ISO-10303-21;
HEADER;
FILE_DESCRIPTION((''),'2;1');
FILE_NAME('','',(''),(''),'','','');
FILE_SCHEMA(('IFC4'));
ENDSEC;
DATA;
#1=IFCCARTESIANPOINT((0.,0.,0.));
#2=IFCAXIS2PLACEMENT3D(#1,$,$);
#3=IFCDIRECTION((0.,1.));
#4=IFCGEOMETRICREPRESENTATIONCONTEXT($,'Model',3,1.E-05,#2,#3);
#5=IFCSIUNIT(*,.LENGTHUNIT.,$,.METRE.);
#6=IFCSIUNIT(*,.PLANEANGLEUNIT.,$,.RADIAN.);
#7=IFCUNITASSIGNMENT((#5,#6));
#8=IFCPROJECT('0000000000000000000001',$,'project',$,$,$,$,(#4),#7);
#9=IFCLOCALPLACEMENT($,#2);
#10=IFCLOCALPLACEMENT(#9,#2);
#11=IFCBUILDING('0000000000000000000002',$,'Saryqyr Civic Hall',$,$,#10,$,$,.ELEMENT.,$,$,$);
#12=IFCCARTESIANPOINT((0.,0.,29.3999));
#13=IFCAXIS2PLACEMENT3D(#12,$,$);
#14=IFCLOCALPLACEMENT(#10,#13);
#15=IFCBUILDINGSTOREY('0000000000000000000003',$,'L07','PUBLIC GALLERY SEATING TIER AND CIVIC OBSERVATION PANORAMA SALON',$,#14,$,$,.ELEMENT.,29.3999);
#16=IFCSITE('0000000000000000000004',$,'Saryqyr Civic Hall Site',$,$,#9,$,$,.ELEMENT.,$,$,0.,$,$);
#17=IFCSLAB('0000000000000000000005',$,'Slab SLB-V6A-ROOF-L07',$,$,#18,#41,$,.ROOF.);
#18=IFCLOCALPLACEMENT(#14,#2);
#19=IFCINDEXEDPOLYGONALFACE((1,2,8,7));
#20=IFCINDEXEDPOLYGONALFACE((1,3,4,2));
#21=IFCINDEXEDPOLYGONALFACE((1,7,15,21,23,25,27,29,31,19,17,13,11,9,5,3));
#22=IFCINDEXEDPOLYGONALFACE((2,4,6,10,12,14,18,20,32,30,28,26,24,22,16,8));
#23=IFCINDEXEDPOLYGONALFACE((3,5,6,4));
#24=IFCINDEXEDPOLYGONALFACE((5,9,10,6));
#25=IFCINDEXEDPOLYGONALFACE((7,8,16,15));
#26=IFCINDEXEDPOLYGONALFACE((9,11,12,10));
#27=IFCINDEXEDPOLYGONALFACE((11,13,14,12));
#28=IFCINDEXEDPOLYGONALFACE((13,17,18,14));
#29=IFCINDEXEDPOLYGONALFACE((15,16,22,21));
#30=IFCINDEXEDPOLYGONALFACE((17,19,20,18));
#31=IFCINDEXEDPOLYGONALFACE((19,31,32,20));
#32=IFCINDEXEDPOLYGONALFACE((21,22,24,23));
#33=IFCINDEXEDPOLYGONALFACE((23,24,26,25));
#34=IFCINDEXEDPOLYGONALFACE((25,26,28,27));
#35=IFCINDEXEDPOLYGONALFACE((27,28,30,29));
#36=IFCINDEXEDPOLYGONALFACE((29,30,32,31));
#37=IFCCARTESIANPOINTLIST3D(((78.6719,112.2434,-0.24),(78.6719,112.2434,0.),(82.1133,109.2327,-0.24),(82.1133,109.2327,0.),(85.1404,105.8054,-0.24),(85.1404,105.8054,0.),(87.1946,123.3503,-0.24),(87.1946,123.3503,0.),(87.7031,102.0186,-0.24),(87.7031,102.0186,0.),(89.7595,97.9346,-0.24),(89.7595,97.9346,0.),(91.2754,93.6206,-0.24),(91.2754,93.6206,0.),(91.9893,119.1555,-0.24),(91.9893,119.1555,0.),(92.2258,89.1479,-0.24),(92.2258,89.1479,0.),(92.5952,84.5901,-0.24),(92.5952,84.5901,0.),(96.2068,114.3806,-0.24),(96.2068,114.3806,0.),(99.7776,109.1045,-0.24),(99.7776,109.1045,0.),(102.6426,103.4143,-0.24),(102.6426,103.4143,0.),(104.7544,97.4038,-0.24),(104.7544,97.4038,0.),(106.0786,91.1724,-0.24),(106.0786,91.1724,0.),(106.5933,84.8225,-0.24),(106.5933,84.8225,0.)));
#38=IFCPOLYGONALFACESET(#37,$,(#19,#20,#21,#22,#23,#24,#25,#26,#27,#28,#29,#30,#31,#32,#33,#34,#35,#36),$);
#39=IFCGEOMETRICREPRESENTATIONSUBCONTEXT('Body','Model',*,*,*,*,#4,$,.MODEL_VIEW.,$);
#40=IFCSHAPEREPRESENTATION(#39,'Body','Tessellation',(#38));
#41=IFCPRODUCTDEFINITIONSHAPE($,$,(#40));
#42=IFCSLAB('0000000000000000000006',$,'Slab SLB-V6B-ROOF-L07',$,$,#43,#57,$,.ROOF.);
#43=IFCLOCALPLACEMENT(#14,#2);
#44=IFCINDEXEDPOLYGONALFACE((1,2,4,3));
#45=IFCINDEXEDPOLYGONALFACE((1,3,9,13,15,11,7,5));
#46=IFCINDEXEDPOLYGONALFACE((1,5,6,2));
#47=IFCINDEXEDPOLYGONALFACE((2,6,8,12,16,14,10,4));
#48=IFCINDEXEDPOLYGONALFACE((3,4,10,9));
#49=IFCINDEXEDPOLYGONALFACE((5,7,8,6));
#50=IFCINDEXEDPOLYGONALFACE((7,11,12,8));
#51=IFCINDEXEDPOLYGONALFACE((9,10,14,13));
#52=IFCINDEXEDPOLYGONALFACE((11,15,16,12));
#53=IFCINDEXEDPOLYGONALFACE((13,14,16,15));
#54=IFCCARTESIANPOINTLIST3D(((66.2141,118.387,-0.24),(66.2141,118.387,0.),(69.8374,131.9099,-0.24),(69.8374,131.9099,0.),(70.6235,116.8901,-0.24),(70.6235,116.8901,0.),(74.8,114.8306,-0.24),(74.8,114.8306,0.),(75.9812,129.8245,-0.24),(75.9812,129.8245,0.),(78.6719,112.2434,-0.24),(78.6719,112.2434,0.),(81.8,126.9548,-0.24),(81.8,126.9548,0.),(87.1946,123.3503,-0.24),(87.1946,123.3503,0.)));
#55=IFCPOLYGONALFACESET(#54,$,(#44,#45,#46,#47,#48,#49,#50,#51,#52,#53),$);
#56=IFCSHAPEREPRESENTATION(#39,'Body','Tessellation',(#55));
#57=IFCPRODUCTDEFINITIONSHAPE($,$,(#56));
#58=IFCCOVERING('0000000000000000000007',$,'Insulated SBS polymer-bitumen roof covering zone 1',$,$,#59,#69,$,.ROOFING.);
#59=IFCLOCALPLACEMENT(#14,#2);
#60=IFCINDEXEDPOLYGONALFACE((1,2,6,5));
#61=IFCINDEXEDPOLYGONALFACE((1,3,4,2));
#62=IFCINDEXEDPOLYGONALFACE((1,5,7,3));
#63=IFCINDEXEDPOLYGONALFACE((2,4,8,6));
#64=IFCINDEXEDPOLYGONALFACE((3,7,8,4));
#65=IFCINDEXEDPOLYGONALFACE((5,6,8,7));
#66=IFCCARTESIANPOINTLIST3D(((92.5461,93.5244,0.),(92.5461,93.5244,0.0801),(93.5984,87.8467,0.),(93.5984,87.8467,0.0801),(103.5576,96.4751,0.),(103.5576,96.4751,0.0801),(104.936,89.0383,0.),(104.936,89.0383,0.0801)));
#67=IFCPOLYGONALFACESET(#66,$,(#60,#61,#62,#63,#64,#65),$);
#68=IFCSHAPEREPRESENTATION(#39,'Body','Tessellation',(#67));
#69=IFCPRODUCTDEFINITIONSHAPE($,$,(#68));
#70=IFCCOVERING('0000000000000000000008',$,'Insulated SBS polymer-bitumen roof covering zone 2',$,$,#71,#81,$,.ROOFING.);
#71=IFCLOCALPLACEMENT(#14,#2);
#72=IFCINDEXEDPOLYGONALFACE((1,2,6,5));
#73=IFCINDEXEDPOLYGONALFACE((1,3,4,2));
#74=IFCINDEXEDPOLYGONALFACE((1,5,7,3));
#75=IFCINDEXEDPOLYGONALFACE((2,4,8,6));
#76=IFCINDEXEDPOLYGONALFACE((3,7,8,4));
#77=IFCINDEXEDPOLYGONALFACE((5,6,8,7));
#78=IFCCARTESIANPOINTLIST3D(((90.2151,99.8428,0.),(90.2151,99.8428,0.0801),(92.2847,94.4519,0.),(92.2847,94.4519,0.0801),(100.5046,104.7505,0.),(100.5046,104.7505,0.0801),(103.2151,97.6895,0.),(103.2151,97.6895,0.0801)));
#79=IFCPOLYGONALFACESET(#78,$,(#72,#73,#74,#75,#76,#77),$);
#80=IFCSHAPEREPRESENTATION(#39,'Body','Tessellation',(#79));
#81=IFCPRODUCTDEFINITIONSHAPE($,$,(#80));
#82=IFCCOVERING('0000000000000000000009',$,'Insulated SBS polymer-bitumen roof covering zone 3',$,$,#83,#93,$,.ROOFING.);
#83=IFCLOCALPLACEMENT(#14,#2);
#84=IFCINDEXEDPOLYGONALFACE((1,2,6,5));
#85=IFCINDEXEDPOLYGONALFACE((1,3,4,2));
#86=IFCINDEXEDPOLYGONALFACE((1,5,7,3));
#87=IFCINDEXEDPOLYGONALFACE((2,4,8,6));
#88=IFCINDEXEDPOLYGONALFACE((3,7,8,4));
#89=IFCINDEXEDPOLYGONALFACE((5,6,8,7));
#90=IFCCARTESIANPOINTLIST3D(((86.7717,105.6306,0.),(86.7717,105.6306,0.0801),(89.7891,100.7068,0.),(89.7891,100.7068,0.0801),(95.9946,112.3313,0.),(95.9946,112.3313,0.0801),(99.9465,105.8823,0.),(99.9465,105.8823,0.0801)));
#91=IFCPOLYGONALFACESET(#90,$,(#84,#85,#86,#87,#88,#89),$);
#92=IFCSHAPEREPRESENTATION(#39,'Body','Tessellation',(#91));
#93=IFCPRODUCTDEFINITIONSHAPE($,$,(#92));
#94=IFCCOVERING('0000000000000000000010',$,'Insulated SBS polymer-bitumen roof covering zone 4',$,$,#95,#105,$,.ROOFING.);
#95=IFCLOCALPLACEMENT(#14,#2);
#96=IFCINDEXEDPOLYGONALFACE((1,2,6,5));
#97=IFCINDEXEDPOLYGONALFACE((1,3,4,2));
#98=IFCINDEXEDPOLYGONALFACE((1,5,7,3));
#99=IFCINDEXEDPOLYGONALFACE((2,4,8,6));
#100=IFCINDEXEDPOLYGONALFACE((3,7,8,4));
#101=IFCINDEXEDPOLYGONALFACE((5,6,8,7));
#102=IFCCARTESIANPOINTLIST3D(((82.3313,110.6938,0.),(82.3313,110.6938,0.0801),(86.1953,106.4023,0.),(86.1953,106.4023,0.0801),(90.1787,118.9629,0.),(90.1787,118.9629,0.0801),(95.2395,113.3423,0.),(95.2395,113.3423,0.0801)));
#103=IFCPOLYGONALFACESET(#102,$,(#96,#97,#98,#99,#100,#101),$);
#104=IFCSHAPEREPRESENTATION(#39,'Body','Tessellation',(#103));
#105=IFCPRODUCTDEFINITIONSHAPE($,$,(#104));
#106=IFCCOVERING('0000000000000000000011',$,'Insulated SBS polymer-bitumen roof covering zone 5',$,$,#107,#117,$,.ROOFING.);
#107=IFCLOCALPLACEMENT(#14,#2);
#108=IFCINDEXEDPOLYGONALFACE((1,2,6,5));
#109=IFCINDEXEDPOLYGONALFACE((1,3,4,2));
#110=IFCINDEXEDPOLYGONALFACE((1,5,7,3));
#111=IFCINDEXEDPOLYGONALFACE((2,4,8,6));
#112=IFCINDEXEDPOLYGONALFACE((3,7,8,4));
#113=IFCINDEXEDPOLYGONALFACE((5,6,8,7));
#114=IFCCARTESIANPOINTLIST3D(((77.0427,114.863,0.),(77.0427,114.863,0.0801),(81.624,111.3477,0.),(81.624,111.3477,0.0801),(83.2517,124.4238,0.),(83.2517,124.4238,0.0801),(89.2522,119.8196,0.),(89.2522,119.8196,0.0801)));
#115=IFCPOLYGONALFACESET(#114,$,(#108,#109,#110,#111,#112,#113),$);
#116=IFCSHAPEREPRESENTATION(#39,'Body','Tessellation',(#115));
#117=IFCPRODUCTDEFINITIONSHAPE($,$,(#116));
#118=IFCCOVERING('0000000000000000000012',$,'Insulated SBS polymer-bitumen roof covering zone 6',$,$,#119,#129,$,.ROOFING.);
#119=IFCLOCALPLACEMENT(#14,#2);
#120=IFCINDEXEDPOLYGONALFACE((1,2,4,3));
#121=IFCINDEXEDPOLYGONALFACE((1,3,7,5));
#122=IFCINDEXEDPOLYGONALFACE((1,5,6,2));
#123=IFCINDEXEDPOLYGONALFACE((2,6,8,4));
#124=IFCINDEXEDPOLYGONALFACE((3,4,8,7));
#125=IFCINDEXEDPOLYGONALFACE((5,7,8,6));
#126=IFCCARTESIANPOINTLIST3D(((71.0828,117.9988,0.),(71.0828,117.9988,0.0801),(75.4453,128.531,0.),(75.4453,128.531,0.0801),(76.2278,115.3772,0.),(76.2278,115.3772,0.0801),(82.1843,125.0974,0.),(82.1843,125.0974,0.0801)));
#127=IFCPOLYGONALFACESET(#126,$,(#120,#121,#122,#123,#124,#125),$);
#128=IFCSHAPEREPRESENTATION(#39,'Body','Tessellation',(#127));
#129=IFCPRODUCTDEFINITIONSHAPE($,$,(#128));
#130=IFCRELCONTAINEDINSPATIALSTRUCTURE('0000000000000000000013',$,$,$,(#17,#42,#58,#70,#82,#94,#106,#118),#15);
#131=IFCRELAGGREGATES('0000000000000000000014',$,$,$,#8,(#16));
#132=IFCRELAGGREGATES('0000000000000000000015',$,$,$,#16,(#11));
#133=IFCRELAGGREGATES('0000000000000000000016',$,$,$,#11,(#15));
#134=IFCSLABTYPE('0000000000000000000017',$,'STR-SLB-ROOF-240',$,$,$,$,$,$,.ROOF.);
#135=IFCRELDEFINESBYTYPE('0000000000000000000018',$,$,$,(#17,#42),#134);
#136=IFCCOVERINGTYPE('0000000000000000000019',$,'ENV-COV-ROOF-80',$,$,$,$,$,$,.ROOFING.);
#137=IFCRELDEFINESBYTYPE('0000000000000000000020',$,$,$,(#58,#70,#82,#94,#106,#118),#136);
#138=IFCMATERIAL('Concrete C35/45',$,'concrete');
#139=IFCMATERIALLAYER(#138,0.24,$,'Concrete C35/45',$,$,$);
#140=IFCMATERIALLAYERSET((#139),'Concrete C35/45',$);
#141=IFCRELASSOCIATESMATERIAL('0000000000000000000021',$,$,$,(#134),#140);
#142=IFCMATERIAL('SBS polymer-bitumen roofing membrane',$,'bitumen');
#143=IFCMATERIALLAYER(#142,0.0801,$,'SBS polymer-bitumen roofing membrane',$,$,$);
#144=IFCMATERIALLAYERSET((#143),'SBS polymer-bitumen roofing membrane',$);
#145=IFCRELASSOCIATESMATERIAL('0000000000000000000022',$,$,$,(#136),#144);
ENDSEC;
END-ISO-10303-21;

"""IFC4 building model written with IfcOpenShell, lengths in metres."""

from ifc_helpers import new_model, si_unit, direction, frame, origin, place, context, subcontext, project, spatial, polyline, outline, extrude, material, layer, layer_set, type_object, element, save


model = new_model("IFC4")

# Units and contexts
model_context = context("Model", 3, precision=1e-05, world=origin(), true_north=direction((0.0, 1.0)))
body_context = subcontext(model_context, "Body", "Model", "MODEL_VIEW")
ifc_project = project(units=[si_unit("LENGTHUNIT", "METRE"), si_unit("PLANEANGLEUNIT", "RADIAN")], contexts=[model_context])

# Site, building, storey
site_placement = place(None, origin())
site = spatial("IfcSite", under=ifc_project, at=site_placement, Name="Saryqyr Civic Hall Site", CompositionType="ELEMENT", RefElevation=0.0)
building_placement = place(site_placement, origin())
building = spatial("IfcBuilding", under=site, at=building_placement, Name="Saryqyr Civic Hall", CompositionType="ELEMENT")
storey_placement = place(building_placement, frame((0.0, 0.0, 29.3999)))
storey = spatial("IfcBuildingStorey", under=building, at=storey_placement, Name="L07", Description="PUBLIC GALLERY SEATING TIER AND CIVIC OBSERVATION PANORAMA SALON", CompositionType="ELEMENT", Elevation=29.3999)

# Slabs
ifc_material_1 = material(Name="Concrete C35/45", Category="concrete")
ifc_layer_1 = layer(ifc_material_1, 0.24, Name="Concrete C35/45")
ifc_layer_set_1 = layer_set([ifc_layer_1], Name="Concrete C35/45")
slab_type_1 = type_object("IfcSlabType", Name="STR-SLB-ROOF-240", PredefinedType="ROOF", material=ifc_layer_set_1)
slab_1_placement = place(storey_placement, frame((0.0, 0.0, -0.24)))
element("IfcSlab", 1, at=slab_1_placement, inside=storey, type_object=slab_type_1, Name="Slab SLB-V6A-ROOF-L07", PredefinedType="ROOF", context=body_context, shape_type="SweptSolid", body=[
    extrude(outline(polyline([(92.5952, 84.5901), (92.2258, 89.1479), (91.2754, 93.6206), (89.7595, 97.9346), (87.7031, 102.0186), (85.1404, 105.8054), (82.1133, 109.2327), (78.6719, 112.2434), (87.1946, 123.3503), (91.9893, 119.1555), (96.2068, 114.3806), (99.7776, 109.1045), (102.6426, 103.4143), (104.7544, 97.4038), (106.0786, 91.1724), (106.5933, 84.8225), (92.5952, 84.5901)])), origin(), (0.0, 0.0, 1.0), 0.24),
])
slab_2_placement = place(storey_placement, frame((0.0, 0.0, -0.24)))
element("IfcSlab", 2, at=slab_2_placement, inside=storey, type_object=slab_type_1, Name="Slab SLB-V6B-ROOF-L07", PredefinedType="ROOF", context=body_context, shape_type="SweptSolid", body=[
    extrude(outline(polyline([(74.8, 114.8306), (70.6235, 116.8901), (66.2141, 118.387), (69.8374, 131.9099), (75.9812, 129.8245), (81.8, 126.9548), (87.1946, 123.3503), (78.6719, 112.2434), (74.8, 114.8306)])), origin(), (0.0, 0.0, 1.0), 0.24),
])

# Coverings
ifc_material_2 = material(Name="SBS polymer-bitumen roofing membrane", Category="bitumen")
ifc_layer_2 = layer(ifc_material_2, 0.0801, Name="SBS polymer-bitumen roofing membrane")
ifc_layer_set_2 = layer_set([ifc_layer_2], Name="SBS polymer-bitumen roofing membrane")
covering_type = type_object("IfcCoveringType", Name="ENV-COV-ROOF-80", PredefinedType="ROOFING", material=ifc_layer_set_2)
covering_1_placement = place(storey_placement, origin())
element("IfcCovering", 3, at=covering_1_placement, inside=storey, type_object=covering_type, Name="Insulated SBS polymer-bitumen roof covering zone 1", PredefinedType="ROOFING", context=body_context, shape_type="SweptSolid", body=[
    extrude(outline(polyline([(93.5984, 87.8467), (92.5461, 93.5244), (103.5576, 96.4751), (104.936, 89.0383), (93.5984, 87.8467)])), origin(), (0.0, 0.0, 1.0), 0.0801),
])
covering_2_placement = place(storey_placement, origin())
element("IfcCovering", 4, at=covering_2_placement, inside=storey, type_object=covering_type, Name="Insulated SBS polymer-bitumen roof covering zone 2", PredefinedType="ROOFING", context=body_context, shape_type="SweptSolid", body=[
    extrude(outline(polyline([(92.2847, 94.4519), (90.2151, 99.8428), (100.5046, 104.7505), (103.2151, 97.6895), (92.2847, 94.4519)])), origin(), (0.0, 0.0, 1.0), 0.0801),
])
covering_3_placement = place(storey_placement, origin())
element("IfcCovering", 5, at=covering_3_placement, inside=storey, type_object=covering_type, Name="Insulated SBS polymer-bitumen roof covering zone 3", PredefinedType="ROOFING", context=body_context, shape_type="SweptSolid", body=[
    extrude(outline(polyline([(89.7891, 100.7068), (86.7717, 105.6306), (95.9946, 112.3313), (99.9465, 105.8823), (89.7891, 100.7068)])), origin(), (0.0, 0.0, 1.0), 0.0801),
])
covering_4_placement = place(storey_placement, origin())
element("IfcCovering", 6, at=covering_4_placement, inside=storey, type_object=covering_type, Name="Insulated SBS polymer-bitumen roof covering zone 4", PredefinedType="ROOFING", context=body_context, shape_type="SweptSolid", body=[
    extrude(outline(polyline([(86.1953, 106.4023), (82.3313, 110.6938), (90.1787, 118.9629), (95.2395, 113.3423), (86.1953, 106.4023)])), origin(), (0.0, 0.0, 1.0), 0.0801),
])
covering_5_placement = place(storey_placement, origin())
element("IfcCovering", 7, at=covering_5_placement, inside=storey, type_object=covering_type, Name="Insulated SBS polymer-bitumen roof covering zone 5", PredefinedType="ROOFING", context=body_context, shape_type="SweptSolid", body=[
    extrude(outline(polyline([(81.624, 111.3477), (77.0427, 114.863), (83.2517, 124.4238), (89.2522, 119.8196), (81.624, 111.3477)])), origin(), (0.0, 0.0, 1.0), 0.0801),
])
covering_6_placement = place(storey_placement, origin())
element("IfcCovering", 8, at=covering_6_placement, inside=storey, type_object=covering_type, Name="Insulated SBS polymer-bitumen roof covering zone 6", PredefinedType="ROOFING", context=body_context, shape_type="SweptSolid", body=[
    extrude(outline(polyline([(76.2278, 115.3772), (71.0828, 117.9988), (75.4453, 128.531), (82.1843, 125.0974), (76.2278, 115.3772)])), origin(), (0.0, 0.0, 1.0), 0.0801),
])

save(model, "model.ifc")
